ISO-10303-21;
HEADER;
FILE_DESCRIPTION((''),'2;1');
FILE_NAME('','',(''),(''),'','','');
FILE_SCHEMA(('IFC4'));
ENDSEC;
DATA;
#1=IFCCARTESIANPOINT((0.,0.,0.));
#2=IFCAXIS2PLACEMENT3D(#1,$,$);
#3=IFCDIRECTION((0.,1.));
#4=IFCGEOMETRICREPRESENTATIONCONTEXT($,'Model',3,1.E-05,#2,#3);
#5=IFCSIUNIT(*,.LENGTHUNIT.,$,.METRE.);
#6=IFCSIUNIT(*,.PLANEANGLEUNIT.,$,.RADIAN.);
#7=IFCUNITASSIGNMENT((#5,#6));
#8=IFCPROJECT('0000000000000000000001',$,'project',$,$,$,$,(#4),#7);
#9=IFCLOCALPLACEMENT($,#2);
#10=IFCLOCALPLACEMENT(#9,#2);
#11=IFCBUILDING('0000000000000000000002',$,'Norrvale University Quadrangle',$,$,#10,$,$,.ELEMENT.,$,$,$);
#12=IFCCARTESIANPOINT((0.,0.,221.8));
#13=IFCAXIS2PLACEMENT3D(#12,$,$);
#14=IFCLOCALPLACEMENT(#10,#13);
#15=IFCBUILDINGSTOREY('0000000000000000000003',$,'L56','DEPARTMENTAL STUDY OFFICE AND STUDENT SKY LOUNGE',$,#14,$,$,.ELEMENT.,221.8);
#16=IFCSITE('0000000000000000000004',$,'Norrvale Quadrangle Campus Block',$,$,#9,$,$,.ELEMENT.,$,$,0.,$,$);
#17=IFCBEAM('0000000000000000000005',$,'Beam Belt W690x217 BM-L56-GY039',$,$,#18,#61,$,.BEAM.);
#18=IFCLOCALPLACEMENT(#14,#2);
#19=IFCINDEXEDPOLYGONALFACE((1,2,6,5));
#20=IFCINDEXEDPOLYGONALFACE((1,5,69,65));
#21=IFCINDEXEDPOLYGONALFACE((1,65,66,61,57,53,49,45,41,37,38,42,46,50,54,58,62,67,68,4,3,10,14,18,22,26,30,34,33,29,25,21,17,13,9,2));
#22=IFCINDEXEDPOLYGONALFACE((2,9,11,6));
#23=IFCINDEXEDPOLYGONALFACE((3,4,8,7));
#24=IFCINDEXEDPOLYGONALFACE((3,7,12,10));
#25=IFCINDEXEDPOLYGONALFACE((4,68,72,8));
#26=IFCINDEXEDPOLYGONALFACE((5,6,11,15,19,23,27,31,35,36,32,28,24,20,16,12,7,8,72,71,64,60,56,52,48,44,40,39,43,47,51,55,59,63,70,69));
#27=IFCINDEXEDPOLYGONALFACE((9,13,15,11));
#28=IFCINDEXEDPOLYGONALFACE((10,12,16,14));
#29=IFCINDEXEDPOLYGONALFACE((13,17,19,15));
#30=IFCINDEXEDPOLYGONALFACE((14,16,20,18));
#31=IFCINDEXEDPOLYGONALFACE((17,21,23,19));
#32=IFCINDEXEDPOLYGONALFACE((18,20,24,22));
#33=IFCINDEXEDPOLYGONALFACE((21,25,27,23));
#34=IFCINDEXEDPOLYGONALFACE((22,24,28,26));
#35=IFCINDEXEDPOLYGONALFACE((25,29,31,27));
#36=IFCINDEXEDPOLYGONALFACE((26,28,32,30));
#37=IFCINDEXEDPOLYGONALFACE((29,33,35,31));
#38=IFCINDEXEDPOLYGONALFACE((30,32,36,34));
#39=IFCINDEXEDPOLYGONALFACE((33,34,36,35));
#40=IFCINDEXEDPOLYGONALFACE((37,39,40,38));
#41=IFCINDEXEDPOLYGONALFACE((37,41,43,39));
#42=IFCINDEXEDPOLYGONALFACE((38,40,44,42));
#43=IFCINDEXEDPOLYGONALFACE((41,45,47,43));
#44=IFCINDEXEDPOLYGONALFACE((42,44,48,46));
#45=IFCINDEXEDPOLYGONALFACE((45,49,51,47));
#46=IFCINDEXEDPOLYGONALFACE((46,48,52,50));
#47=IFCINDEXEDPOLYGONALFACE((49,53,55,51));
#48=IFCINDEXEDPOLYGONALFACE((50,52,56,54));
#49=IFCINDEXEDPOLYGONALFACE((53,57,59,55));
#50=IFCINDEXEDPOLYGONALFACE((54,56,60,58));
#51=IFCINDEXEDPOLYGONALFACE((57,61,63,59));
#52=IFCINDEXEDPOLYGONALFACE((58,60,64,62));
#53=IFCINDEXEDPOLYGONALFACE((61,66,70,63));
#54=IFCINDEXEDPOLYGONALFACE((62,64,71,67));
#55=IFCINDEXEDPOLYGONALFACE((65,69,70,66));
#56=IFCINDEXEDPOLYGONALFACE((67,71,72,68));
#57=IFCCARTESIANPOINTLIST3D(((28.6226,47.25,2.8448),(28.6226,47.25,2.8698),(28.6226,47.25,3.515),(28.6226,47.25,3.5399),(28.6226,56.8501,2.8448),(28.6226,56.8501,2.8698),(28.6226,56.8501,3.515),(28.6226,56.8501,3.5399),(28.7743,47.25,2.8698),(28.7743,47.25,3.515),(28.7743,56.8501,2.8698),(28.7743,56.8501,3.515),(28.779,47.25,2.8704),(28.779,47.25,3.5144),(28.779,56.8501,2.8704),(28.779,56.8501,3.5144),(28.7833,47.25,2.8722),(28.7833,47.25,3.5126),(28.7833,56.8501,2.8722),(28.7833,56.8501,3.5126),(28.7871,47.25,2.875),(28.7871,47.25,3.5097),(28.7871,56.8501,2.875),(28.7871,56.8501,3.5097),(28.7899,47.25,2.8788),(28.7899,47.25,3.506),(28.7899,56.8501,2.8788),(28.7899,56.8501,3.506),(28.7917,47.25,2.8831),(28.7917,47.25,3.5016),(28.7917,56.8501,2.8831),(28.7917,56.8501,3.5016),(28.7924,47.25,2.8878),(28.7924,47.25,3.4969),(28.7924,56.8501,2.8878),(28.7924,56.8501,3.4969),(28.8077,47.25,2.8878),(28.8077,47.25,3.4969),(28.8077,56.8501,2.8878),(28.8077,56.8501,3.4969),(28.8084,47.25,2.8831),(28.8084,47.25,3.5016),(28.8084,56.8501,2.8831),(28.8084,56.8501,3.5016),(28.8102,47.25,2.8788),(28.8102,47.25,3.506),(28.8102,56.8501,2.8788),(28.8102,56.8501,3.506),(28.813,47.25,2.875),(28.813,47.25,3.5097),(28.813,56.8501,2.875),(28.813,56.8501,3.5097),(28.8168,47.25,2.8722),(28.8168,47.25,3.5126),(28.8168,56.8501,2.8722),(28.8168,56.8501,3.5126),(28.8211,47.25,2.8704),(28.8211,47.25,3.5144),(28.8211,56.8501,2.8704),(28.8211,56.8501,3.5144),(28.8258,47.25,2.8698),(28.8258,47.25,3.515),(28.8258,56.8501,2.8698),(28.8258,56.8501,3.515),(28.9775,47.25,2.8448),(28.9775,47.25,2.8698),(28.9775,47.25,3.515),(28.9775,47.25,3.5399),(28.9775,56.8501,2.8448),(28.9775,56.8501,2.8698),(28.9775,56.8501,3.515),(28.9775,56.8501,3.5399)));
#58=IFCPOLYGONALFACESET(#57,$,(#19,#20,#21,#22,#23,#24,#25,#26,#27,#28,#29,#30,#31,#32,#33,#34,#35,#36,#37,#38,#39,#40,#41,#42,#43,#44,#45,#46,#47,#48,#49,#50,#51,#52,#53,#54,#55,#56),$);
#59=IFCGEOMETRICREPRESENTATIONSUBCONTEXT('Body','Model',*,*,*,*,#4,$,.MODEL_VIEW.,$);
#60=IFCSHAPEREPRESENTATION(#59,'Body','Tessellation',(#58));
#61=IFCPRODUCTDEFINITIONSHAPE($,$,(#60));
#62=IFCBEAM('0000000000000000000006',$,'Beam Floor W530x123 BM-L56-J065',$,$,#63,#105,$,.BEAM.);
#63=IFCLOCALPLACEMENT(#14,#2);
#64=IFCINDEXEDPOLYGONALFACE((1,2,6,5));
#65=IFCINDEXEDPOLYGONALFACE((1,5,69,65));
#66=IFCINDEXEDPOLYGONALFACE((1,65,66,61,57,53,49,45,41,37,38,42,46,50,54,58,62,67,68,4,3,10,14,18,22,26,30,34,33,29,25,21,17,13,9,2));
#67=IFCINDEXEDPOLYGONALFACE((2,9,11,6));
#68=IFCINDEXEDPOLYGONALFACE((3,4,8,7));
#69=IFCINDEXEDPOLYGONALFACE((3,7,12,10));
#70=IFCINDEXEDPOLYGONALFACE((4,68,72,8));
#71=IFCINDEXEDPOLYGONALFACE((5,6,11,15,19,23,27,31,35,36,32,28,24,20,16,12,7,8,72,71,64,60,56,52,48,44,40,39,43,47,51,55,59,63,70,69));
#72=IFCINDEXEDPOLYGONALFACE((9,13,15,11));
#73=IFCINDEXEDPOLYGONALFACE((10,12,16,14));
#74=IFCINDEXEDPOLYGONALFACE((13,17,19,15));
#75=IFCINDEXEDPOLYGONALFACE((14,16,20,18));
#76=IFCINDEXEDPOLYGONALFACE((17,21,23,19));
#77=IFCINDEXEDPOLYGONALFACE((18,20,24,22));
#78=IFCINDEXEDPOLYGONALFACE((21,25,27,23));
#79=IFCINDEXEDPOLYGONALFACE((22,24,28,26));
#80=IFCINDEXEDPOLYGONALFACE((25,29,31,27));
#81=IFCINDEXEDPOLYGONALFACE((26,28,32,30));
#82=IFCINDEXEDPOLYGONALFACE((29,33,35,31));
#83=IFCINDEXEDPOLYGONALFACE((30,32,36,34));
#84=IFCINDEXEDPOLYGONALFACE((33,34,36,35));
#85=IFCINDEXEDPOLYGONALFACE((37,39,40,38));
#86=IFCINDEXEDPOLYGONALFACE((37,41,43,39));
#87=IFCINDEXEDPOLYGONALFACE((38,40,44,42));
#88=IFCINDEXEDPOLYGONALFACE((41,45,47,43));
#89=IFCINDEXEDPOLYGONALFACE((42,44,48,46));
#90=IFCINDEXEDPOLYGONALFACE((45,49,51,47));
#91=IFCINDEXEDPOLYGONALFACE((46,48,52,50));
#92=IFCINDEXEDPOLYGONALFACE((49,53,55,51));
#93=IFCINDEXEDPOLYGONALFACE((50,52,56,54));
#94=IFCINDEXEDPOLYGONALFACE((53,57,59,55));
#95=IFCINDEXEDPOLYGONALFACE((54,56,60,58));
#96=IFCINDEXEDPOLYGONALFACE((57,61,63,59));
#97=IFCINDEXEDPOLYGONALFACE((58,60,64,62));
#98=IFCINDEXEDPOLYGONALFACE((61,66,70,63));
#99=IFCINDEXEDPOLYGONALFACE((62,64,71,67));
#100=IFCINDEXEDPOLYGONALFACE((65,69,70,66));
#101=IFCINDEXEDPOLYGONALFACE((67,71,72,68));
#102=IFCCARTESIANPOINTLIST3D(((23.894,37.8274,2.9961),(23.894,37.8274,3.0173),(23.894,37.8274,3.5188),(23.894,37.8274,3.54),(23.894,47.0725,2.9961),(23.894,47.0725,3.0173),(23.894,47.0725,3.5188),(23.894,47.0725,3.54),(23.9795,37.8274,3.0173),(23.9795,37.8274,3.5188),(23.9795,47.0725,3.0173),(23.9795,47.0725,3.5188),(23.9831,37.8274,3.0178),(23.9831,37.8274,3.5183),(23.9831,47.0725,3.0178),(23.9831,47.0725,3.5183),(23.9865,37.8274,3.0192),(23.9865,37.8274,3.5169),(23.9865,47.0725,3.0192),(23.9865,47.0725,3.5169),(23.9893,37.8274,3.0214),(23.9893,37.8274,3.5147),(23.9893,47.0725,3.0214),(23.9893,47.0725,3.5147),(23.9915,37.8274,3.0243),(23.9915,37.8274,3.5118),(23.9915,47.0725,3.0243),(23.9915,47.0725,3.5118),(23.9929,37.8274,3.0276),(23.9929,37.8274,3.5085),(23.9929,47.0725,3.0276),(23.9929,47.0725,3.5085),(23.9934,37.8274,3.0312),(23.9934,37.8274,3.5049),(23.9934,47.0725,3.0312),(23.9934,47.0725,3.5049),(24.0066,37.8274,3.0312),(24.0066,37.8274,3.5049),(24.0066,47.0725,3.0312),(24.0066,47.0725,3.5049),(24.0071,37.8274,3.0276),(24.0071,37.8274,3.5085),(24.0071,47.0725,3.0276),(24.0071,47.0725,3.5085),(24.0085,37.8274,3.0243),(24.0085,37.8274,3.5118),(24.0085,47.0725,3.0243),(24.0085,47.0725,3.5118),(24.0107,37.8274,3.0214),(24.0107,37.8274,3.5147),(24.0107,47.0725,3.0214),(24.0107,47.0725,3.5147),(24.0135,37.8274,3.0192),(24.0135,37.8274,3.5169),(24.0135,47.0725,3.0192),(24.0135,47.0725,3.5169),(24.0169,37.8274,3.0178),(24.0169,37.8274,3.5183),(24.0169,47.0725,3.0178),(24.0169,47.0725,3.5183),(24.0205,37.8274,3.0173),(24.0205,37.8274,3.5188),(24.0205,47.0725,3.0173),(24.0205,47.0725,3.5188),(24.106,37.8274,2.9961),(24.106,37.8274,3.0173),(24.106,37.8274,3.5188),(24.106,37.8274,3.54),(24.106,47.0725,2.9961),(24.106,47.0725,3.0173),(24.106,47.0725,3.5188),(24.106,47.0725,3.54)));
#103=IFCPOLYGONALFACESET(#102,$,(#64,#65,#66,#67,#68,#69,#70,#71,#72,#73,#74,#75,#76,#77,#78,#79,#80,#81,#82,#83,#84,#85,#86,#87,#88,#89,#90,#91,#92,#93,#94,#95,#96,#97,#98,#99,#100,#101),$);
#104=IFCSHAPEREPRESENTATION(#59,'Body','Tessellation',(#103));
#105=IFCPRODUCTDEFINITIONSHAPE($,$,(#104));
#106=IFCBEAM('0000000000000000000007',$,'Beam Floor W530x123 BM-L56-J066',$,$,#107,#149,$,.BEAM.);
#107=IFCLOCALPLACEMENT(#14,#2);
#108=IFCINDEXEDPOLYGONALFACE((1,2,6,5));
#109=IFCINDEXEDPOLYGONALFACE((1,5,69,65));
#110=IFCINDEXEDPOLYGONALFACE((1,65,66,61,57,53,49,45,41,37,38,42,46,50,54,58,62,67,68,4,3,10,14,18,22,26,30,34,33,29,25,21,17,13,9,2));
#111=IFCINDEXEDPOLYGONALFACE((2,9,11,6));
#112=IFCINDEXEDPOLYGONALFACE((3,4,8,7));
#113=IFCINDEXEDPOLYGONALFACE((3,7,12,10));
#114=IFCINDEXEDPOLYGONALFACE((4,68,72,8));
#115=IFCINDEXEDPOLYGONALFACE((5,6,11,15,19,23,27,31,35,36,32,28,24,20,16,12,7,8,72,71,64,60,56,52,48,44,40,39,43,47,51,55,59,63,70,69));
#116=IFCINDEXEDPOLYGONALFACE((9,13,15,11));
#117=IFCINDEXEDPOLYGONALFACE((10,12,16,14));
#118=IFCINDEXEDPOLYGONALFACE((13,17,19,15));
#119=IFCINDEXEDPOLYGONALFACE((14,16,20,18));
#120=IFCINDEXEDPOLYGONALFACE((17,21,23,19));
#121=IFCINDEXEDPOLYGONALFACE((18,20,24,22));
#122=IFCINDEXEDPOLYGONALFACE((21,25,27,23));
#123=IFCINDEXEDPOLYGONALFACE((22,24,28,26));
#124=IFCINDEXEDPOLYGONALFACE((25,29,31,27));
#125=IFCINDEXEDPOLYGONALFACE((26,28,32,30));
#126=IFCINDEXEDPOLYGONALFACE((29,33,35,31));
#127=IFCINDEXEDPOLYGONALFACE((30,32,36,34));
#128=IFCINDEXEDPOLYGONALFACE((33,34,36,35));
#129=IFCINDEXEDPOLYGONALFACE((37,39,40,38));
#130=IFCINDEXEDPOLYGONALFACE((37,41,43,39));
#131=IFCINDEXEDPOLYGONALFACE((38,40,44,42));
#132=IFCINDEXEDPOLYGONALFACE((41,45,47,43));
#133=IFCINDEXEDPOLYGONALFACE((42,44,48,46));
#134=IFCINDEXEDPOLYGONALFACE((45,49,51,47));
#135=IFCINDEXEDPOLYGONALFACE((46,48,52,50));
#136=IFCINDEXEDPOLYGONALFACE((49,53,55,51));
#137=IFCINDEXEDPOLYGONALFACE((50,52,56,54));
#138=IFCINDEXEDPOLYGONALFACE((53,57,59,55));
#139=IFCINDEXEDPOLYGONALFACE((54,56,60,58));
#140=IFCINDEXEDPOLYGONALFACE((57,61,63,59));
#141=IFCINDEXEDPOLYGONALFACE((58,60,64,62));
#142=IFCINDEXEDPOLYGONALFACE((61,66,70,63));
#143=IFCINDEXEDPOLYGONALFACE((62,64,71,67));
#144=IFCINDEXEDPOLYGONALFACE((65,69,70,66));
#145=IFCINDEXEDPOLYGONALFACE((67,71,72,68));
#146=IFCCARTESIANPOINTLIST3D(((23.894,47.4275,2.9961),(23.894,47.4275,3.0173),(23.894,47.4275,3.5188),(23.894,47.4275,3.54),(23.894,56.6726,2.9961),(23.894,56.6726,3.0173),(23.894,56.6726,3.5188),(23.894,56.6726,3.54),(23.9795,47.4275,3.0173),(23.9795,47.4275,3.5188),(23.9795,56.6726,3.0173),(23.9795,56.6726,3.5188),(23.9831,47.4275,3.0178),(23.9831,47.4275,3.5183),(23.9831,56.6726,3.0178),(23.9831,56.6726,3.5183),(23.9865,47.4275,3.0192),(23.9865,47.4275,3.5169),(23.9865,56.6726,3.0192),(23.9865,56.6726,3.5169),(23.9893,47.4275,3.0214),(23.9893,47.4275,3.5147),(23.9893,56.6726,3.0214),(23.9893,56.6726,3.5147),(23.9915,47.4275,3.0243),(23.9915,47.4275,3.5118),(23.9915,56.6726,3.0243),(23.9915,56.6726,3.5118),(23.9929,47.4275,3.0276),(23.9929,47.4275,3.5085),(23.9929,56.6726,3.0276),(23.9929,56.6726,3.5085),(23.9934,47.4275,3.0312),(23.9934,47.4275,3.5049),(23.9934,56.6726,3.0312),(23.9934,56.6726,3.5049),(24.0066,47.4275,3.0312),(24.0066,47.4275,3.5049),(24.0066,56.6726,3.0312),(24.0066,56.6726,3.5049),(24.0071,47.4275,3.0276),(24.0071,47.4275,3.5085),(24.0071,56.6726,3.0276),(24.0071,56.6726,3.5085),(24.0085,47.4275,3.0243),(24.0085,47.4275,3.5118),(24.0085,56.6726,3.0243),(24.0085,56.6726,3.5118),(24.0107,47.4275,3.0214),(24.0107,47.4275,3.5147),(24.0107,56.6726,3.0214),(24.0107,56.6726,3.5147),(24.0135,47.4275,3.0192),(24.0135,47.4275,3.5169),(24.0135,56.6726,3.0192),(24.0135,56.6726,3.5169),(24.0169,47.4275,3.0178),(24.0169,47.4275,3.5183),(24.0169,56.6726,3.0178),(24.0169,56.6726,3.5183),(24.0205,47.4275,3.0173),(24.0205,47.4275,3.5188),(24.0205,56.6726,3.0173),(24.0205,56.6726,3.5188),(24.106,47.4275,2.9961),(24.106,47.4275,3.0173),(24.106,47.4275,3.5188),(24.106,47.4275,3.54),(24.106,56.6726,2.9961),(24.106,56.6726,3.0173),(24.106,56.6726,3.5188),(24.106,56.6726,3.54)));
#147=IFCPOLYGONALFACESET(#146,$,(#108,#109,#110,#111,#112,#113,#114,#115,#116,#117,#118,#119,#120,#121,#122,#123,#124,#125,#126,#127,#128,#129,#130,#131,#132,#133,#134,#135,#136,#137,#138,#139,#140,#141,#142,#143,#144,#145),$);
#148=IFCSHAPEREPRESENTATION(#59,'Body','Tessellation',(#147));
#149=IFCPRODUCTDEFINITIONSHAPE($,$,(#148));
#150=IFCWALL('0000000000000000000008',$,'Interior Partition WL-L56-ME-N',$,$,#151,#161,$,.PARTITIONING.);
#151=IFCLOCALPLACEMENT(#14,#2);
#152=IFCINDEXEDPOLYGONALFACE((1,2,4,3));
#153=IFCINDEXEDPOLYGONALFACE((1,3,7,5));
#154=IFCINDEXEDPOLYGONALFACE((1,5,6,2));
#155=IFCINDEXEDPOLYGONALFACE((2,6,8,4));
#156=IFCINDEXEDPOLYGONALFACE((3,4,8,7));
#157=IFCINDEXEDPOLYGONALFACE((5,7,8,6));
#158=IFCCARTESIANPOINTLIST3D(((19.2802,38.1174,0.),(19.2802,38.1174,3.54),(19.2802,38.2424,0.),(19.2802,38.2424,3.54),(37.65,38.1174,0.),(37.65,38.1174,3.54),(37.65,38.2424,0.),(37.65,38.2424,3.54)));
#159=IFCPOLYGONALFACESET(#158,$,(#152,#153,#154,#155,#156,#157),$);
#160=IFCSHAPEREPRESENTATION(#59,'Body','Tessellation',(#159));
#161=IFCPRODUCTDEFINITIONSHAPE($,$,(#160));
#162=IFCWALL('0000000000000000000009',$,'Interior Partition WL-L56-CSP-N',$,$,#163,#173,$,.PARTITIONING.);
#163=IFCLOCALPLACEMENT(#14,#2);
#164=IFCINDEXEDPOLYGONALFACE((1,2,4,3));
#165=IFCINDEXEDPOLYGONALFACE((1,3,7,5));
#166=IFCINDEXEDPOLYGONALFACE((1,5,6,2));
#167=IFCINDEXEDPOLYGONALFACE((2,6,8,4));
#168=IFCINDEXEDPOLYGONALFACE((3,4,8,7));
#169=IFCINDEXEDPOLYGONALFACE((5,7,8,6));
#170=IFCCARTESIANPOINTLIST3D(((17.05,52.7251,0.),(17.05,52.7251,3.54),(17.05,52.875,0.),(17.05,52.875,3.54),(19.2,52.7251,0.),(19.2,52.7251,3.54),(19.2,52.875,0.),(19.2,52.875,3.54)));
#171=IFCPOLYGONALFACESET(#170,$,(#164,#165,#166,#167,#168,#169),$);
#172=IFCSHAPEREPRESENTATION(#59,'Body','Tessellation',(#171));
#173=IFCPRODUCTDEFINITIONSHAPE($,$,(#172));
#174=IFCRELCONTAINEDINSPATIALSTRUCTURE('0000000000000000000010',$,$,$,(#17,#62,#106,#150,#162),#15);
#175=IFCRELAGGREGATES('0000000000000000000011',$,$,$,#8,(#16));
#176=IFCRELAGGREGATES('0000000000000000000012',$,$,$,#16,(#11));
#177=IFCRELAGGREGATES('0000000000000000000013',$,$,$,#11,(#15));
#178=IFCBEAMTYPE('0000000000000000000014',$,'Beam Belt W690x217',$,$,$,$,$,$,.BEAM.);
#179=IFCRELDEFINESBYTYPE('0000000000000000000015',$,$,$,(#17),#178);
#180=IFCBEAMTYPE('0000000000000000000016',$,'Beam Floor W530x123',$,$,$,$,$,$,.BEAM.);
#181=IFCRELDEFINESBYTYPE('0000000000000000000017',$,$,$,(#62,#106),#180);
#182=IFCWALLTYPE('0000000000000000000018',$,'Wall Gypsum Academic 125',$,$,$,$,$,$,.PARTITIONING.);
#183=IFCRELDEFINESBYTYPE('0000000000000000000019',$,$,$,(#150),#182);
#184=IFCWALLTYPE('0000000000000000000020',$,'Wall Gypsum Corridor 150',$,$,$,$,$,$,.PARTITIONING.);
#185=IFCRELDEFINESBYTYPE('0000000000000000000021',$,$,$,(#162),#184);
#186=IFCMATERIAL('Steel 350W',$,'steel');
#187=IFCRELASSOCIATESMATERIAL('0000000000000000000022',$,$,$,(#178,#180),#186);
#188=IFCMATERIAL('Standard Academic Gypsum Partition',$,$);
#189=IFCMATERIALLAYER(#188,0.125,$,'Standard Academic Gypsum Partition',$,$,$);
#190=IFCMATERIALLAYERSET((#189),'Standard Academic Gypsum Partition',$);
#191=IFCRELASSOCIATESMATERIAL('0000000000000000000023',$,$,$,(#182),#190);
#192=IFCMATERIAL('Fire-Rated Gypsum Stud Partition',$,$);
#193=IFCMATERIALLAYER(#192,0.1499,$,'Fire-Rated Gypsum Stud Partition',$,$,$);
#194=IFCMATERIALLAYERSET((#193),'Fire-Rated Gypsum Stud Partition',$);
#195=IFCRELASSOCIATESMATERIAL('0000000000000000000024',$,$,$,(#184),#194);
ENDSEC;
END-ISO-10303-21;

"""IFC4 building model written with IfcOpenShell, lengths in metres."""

from ifc_helpers import new_model, si_unit, direction, frame, frame_2d, origin, origin_2d, place, context, subcontext, project, spatial, rectangle, i_section, extrude, material, layer, layer_set, material_profile, profile_set, type_object, element, save


model = new_model("IFC4")

# Units and contexts
model_context = context("Model", 3, precision=1e-05, world=origin(), true_north=direction((0.0, 1.0)))
body_context = subcontext(model_context, "Body", "Model", "MODEL_VIEW")
ifc_project = project(units=[si_unit("LENGTHUNIT", "METRE"), si_unit("PLANEANGLEUNIT", "RADIAN")], contexts=[model_context])

# Site, building, storey
site_placement = place(None, origin())
site = spatial("IfcSite", under=ifc_project, at=site_placement, Name="Norrvale Quadrangle Campus Block", CompositionType="ELEMENT", RefElevation=0.0)
building_placement = place(site_placement, origin())
building = spatial("IfcBuilding", under=site, at=building_placement, Name="Norrvale University Quadrangle", CompositionType="ELEMENT")
storey_placement = place(building_placement, frame((0.0, 0.0, 221.8)))
storey = spatial("IfcBuildingStorey", under=building, at=storey_placement, Name="L56", Description="DEPARTMENTAL STUDY OFFICE AND STUDENT SKY LOUNGE", CompositionType="ELEMENT", Elevation=221.8)

# Beams
ifc_material_1 = material(Name="Steel 350W", Category="steel")
ifc_material_profile_1 = material_profile(ifc_material_1, i_section(OverallWidth=0.355, OverallDepth=0.6951, WebThickness=0.0154, FlangeThickness=0.0249, FilletRadius=0.0181, at=origin_2d()), Name="Steel 350W")
ifc_profile_set_1 = profile_set([ifc_material_profile_1], Name="Steel 350W")
beam_type_1 = type_object("IfcBeamType", Name="Beam Belt W690x217", PredefinedType="BEAM", material=ifc_profile_set_1)
for number, where, z_axis, x_axis, name in (
    (1, (28.8, 47.25, 3.1924), (0.0, 1.0, 0.0), (-1.0, 0.0, 0.0), "Beam Belt W690x217 BM-L56-GY039"),
):
    element("IfcBeam", number, at=place(storey_placement, frame(where, z_axis=z_axis, x_axis=x_axis)), inside=storey, type_object=beam_type_1, Name=name, PredefinedType="BEAM", context=body_context, shape_type="SweptSolid", body=[
        extrude(i_section(OverallWidth=0.355, OverallDepth=0.6951, WebThickness=0.0154, FlangeThickness=0.0249, FilletRadius=0.0181, at=origin_2d()), origin(), (0.0, 0.0, 1.0), 9.6001),
    ])
ifc_material_profile_2 = material_profile(ifc_material_1, i_section(OverallWidth=0.2119, OverallDepth=0.5439, WebThickness=0.0132, FlangeThickness=0.0212, FilletRadius=0.0139, at=origin_2d()), Name="Steel 350W")
ifc_profile_set_2 = profile_set([ifc_material_profile_2], Name="Steel 350W")
beam_type_2 = type_object("IfcBeamType", Name="Beam Floor W530x123", PredefinedType="BEAM", material=ifc_profile_set_2)
for number, where, z_axis, x_axis, name in (
    (2, (24.0, 37.8274, 3.2681), (0.0, 1.0, 0.0), (-1.0, 0.0, 0.0), "Beam Floor W530x123 BM-L56-J065"),
    (3, (24.0, 47.4275, 3.2681), (0.0, 1.0, 0.0), (-1.0, 0.0, 0.0), "Beam Floor W530x123 BM-L56-J066"),
):
    element("IfcBeam", number, at=place(storey_placement, frame(where, z_axis=z_axis, x_axis=x_axis)), inside=storey, type_object=beam_type_2, Name=name, PredefinedType="BEAM", context=body_context, shape_type="SweptSolid", body=[
        extrude(i_section(OverallWidth=0.2119, OverallDepth=0.5439, WebThickness=0.0132, FlangeThickness=0.0212, FilletRadius=0.0139, at=origin_2d()), origin(), (0.0, 0.0, 1.0), 9.2451),
    ])

# Walls
ifc_material_2 = material(Name="Standard Academic Gypsum Partition")
ifc_layer_1 = layer(ifc_material_2, 0.125, Name="Standard Academic Gypsum Partition")
ifc_layer_set_1 = layer_set([ifc_layer_1], Name="Standard Academic Gypsum Partition")
wall_type_1 = type_object("IfcWallType", Name="Wall Gypsum Academic 125", PredefinedType="PARTITIONING", material=ifc_layer_set_1)
wall_1_placement = place(storey_placement, frame((19.28, 38.1799, 0.0), z_axis=(0.0, 0.0, 1.0), x_axis=(1.0, 0.0, 0.0)))
element("IfcWall", 4, at=wall_1_placement, inside=storey, type_object=wall_type_1, Name="Interior Partition WL-L56-ME-N", PredefinedType="PARTITIONING", context=body_context, shape_type="SweptSolid", body=[
    extrude(rectangle(XDim=18.3699, YDim=0.125, at=frame_2d((9.1851, 0.0))), origin(), (0.0, 0.0, 1.0), 3.54),
])
ifc_material_3 = material(Name="Fire-Rated Gypsum Stud Partition")
ifc_layer_2 = layer(ifc_material_3, 0.1499, Name="Fire-Rated Gypsum Stud Partition")
ifc_layer_set_2 = layer_set([ifc_layer_2], Name="Fire-Rated Gypsum Stud Partition")
wall_type_2 = type_object("IfcWallType", Name="Wall Gypsum Corridor 150", PredefinedType="PARTITIONING", material=ifc_layer_set_2)
wall_2_placement = place(storey_placement, frame((17.05, 52.8, 0.0), z_axis=(0.0, 0.0, 1.0), x_axis=(1.0, 0.0, 0.0)))
element("IfcWall", 5, at=wall_2_placement, inside=storey, type_object=wall_type_2, Name="Interior Partition WL-L56-CSP-N", PredefinedType="PARTITIONING", context=body_context, shape_type="SweptSolid", body=[
    extrude(rectangle(XDim=2.1499, YDim=0.1499, at=frame_2d((1.075, 0.0))), origin(), (0.0, 0.0, 1.0), 3.54),
])

save(model, "model.ifc")
